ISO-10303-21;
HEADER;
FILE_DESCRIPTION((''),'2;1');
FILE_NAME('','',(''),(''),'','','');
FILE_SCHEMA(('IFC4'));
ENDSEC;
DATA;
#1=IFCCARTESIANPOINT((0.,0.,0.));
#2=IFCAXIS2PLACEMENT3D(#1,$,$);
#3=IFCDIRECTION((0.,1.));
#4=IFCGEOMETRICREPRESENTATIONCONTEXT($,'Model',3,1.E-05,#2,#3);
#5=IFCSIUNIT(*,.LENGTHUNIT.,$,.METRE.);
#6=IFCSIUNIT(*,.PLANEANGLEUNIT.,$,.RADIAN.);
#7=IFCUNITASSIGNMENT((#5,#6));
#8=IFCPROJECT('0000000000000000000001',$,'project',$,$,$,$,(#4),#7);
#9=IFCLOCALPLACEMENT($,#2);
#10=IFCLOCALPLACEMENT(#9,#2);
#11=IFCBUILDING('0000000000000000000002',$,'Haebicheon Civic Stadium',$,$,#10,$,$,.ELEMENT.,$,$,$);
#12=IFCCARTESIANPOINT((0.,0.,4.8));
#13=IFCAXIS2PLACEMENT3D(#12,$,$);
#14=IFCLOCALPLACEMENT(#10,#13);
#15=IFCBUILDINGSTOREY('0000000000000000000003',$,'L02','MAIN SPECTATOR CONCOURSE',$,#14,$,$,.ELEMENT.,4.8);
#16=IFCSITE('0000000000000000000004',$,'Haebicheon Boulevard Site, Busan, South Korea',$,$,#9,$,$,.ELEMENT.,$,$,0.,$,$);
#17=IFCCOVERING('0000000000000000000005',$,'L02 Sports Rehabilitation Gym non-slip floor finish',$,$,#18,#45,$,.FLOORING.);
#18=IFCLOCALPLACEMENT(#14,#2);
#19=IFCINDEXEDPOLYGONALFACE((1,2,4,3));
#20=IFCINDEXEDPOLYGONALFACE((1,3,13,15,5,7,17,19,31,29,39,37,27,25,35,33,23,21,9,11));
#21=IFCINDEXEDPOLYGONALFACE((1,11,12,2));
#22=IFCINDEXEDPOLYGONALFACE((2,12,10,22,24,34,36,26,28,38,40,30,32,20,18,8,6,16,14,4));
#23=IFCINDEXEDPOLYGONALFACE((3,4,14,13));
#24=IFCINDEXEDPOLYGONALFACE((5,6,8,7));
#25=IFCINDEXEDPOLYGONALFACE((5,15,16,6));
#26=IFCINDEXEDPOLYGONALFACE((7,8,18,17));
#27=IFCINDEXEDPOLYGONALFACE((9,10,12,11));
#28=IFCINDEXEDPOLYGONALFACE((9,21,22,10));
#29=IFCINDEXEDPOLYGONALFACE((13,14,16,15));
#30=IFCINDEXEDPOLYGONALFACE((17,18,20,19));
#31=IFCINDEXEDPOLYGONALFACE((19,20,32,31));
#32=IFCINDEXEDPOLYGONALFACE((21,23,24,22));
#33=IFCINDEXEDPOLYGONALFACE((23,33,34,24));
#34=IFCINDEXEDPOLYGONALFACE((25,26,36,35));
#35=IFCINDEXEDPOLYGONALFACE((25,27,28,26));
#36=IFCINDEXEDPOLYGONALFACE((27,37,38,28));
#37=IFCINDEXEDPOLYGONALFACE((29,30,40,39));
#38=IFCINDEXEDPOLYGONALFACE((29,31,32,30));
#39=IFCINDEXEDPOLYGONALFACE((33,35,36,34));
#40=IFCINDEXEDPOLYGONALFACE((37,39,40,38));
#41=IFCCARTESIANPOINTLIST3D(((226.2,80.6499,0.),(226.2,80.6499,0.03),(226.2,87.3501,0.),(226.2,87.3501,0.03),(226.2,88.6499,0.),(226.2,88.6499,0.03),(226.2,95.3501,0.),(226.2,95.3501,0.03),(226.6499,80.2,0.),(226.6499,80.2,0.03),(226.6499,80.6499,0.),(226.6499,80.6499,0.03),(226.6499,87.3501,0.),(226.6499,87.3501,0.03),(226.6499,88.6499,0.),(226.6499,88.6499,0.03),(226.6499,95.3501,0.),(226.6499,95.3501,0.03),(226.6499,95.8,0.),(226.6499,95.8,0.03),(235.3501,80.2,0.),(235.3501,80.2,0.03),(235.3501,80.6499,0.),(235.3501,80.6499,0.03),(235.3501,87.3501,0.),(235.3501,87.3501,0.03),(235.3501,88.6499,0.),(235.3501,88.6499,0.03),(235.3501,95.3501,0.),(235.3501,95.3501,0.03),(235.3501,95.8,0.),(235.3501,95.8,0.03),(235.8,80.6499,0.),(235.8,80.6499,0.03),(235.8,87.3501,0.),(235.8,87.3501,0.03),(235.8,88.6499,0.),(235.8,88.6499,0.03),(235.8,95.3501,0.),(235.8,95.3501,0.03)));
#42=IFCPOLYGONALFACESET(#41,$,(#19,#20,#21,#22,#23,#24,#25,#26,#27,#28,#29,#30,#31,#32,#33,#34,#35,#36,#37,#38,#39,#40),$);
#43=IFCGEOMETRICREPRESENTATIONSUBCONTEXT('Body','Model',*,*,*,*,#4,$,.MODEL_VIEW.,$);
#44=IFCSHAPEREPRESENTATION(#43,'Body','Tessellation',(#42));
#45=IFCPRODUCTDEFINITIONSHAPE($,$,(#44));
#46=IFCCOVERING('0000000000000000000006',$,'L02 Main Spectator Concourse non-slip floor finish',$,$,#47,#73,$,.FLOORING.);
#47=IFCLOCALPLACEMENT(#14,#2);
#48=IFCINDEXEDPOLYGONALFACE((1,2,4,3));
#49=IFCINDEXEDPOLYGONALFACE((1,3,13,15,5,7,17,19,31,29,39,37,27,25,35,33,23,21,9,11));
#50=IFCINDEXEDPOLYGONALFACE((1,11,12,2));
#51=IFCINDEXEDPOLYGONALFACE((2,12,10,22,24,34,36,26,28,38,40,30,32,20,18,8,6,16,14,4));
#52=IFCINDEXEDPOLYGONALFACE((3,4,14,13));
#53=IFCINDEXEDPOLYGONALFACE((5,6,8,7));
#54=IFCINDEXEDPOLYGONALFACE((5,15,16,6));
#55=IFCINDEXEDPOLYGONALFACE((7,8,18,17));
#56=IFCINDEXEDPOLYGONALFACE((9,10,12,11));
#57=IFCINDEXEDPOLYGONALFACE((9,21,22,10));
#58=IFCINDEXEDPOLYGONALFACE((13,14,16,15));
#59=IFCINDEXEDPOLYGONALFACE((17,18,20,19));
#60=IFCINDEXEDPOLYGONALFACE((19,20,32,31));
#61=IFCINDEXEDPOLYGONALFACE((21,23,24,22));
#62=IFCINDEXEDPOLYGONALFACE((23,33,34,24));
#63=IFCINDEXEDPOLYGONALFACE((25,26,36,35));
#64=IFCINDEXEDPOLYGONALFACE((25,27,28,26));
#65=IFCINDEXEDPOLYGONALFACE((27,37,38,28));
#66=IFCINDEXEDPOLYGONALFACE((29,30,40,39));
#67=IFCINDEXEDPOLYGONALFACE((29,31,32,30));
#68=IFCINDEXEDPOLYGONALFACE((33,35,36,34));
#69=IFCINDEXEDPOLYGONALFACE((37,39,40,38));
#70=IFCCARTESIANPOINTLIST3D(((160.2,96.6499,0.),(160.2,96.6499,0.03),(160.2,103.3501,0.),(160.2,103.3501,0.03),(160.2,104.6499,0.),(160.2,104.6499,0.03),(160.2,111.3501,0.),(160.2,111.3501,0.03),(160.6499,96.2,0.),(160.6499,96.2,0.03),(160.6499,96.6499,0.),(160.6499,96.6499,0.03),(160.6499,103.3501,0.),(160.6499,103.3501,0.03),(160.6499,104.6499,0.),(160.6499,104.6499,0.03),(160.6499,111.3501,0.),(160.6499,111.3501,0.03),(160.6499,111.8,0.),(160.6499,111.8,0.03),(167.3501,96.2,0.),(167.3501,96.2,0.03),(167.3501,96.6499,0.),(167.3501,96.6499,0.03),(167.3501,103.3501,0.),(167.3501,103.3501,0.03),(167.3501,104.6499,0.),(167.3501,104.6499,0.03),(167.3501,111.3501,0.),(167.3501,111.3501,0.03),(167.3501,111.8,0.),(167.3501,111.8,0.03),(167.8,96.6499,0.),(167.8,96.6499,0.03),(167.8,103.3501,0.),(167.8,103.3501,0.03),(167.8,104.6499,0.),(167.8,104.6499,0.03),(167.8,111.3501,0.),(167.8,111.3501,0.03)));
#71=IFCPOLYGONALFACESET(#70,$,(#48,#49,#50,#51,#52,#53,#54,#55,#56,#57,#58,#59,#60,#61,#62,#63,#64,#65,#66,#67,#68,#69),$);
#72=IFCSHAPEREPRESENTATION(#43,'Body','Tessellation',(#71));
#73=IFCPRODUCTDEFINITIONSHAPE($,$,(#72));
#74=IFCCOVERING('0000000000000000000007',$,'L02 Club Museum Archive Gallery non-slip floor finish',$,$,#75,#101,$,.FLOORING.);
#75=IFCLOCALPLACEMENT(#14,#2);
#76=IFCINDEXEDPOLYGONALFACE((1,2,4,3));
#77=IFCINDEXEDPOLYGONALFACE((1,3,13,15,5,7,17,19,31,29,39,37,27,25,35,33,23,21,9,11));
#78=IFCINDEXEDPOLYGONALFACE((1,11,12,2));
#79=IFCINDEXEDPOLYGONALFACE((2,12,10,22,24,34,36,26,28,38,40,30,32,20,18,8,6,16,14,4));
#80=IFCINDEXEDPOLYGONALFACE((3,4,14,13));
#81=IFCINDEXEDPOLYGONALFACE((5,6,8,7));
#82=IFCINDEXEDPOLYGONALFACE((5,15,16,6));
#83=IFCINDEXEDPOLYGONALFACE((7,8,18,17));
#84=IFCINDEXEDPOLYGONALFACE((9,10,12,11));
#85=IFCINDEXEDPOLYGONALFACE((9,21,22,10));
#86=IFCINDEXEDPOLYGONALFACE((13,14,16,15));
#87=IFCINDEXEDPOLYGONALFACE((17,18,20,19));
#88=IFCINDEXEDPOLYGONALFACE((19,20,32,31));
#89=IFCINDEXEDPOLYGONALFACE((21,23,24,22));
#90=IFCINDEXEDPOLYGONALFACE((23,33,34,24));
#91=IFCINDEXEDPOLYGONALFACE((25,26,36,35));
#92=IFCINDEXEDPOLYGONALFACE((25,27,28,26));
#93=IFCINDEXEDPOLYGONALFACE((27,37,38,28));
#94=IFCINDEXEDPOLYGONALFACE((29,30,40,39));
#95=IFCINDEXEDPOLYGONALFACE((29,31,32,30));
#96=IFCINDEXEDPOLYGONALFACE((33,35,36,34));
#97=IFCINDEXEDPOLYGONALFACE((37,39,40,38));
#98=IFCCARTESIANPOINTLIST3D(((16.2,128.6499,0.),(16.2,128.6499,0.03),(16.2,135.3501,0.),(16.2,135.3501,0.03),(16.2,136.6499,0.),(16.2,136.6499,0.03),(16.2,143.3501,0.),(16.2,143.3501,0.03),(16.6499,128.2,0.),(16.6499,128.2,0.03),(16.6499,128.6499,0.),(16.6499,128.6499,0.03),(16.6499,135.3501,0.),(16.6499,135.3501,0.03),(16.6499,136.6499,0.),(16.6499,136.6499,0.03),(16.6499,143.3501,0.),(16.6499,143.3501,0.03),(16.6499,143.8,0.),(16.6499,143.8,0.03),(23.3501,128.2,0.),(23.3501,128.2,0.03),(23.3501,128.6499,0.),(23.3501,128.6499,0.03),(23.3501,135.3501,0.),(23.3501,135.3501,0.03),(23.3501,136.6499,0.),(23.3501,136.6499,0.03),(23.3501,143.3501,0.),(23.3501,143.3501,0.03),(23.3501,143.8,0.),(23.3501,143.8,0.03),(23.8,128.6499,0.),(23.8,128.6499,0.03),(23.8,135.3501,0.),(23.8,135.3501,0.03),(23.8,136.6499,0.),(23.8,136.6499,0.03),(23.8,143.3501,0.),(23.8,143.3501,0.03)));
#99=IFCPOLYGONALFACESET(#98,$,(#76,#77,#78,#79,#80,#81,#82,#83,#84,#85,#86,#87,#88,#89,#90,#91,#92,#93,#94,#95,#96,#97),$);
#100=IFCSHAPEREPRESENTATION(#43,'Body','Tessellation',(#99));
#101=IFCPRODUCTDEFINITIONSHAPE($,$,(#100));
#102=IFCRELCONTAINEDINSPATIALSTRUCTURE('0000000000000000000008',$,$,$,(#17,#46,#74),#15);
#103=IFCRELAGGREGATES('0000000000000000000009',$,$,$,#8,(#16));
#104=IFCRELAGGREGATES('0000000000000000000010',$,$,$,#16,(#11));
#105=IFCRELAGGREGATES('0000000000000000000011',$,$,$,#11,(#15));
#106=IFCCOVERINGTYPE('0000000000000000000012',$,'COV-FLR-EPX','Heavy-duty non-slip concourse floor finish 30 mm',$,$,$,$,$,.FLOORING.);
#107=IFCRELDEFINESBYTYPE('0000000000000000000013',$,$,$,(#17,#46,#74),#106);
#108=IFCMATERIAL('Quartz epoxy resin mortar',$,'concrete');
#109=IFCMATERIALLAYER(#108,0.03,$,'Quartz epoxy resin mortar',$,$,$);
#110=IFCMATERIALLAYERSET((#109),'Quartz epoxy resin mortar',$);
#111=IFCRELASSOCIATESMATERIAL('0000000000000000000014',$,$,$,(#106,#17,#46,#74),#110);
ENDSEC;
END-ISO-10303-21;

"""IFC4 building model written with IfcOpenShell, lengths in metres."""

from ifc_helpers import new_model, si_unit, direction, frame, origin, place, context, subcontext, project, spatial, polyline, outline, extrude, material, layer, layer_set, type_object, element, save


model = new_model("IFC4")

# Units and contexts
model_context = context("Model", 3, precision=1e-05, world=origin(), true_north=direction((0.0, 1.0)))
body_context = subcontext(model_context, "Body", "Model", "MODEL_VIEW")
ifc_project = project(units=[si_unit("LENGTHUNIT", "METRE"), si_unit("PLANEANGLEUNIT", "RADIAN")], contexts=[model_context])

# Site, building, storey
site_placement = place(None, origin())
site = spatial("IfcSite", under=ifc_project, at=site_placement, Name="Haebicheon Boulevard Site, Busan, South Korea", CompositionType="ELEMENT", RefElevation=0.0)
building_placement = place(site_placement, origin())
building = spatial("IfcBuilding", under=site, at=building_placement, Name="Haebicheon Civic Stadium", CompositionType="ELEMENT")
storey_placement = place(building_placement, frame((0.0, 0.0, 4.8)))
storey = spatial("IfcBuildingStorey", under=building, at=storey_placement, Name="L02", Description="MAIN SPECTATOR CONCOURSE", CompositionType="ELEMENT", Elevation=4.8)

# Coverings
ifc_material_1 = material(Name="Quartz epoxy resin mortar", Category="concrete")
ifc_layer_1 = layer(ifc_material_1, 0.03, Name="Quartz epoxy resin mortar")
ifc_layer_set_1 = layer_set([ifc_layer_1], Name="Quartz epoxy resin mortar")
covering_type_1 = type_object("IfcCoveringType", Name="COV-FLR-EPX", Description="Heavy-duty non-slip concourse floor finish 30 mm", PredefinedType="FLOORING", material=ifc_layer_set_1)
covering_1_placement = place(storey_placement, origin())
element("IfcCovering", 1, at=covering_1_placement, inside=storey, type_object=covering_type_1, material=ifc_layer_set_1, Name="L02 Sports Rehabilitation Gym non-slip floor finish", PredefinedType="FLOORING", context=body_context, shape_type="SweptSolid", body=[
    extrude(outline(polyline([(226.6499, 80.2), (226.6499, 80.6499), (226.2, 80.6499), (226.2, 87.3501), (226.6499, 87.3501), (226.6499, 88.6499), (226.2, 88.6499), (226.2, 95.3501), (226.6499, 95.3501), (226.6499, 95.8), (235.3501, 95.8), (235.3501, 95.3501), (235.8, 95.3501), (235.8, 88.6499), (235.3501, 88.6499), (235.3501, 87.3501), (235.8, 87.3501), (235.8, 80.6499), (235.3501, 80.6499), (235.3501, 80.2), (226.6499, 80.2)])), origin(), (0.0, 0.0, 1.0), 0.03),
])
covering_2_placement = place(storey_placement, origin())
element("IfcCovering", 2, at=covering_2_placement, inside=storey, type_object=covering_type_1, material=ifc_layer_set_1, Name="L02 Main Spectator Concourse non-slip floor finish", PredefinedType="FLOORING", context=body_context, shape_type="SweptSolid", body=[
    extrude(outline(polyline([(160.6499, 96.2), (160.6499, 96.6499), (160.2, 96.6499), (160.2, 103.3501), (160.6499, 103.3501), (160.6499, 104.6499), (160.2, 104.6499), (160.2, 111.3501), (160.6499, 111.3501), (160.6499, 111.8), (167.3501, 111.8), (167.3501, 111.3501), (167.8, 111.3501), (167.8, 104.6499), (167.3501, 104.6499), (167.3501, 103.3501), (167.8, 103.3501), (167.8, 96.6499), (167.3501, 96.6499), (167.3501, 96.2), (160.6499, 96.2)])), origin(), (0.0, 0.0, 1.0), 0.03),
])
covering_3_placement = place(storey_placement, origin())
element("IfcCovering", 3, at=covering_3_placement, inside=storey, type_object=covering_type_1, material=ifc_layer_set_1, Name="L02 Club Museum Archive Gallery non-slip floor finish", PredefinedType="FLOORING", context=body_context, shape_type="SweptSolid", body=[
    extrude(outline(polyline([(16.6499, 128.2), (16.6499, 128.6499), (16.2, 128.6499), (16.2, 135.3501), (16.6499, 135.3501), (16.6499, 136.6499), (16.2, 136.6499), (16.2, 143.3501), (16.6499, 143.3501), (16.6499, 143.8), (23.3501, 143.8), (23.3501, 143.3501), (23.8, 143.3501), (23.8, 136.6499), (23.3501, 136.6499), (23.3501, 135.3501), (23.8, 135.3501), (23.8, 128.6499), (23.3501, 128.6499), (23.3501, 128.2), (16.6499, 128.2)])), origin(), (0.0, 0.0, 1.0), 0.03),
])

save(model, "model.ifc")
